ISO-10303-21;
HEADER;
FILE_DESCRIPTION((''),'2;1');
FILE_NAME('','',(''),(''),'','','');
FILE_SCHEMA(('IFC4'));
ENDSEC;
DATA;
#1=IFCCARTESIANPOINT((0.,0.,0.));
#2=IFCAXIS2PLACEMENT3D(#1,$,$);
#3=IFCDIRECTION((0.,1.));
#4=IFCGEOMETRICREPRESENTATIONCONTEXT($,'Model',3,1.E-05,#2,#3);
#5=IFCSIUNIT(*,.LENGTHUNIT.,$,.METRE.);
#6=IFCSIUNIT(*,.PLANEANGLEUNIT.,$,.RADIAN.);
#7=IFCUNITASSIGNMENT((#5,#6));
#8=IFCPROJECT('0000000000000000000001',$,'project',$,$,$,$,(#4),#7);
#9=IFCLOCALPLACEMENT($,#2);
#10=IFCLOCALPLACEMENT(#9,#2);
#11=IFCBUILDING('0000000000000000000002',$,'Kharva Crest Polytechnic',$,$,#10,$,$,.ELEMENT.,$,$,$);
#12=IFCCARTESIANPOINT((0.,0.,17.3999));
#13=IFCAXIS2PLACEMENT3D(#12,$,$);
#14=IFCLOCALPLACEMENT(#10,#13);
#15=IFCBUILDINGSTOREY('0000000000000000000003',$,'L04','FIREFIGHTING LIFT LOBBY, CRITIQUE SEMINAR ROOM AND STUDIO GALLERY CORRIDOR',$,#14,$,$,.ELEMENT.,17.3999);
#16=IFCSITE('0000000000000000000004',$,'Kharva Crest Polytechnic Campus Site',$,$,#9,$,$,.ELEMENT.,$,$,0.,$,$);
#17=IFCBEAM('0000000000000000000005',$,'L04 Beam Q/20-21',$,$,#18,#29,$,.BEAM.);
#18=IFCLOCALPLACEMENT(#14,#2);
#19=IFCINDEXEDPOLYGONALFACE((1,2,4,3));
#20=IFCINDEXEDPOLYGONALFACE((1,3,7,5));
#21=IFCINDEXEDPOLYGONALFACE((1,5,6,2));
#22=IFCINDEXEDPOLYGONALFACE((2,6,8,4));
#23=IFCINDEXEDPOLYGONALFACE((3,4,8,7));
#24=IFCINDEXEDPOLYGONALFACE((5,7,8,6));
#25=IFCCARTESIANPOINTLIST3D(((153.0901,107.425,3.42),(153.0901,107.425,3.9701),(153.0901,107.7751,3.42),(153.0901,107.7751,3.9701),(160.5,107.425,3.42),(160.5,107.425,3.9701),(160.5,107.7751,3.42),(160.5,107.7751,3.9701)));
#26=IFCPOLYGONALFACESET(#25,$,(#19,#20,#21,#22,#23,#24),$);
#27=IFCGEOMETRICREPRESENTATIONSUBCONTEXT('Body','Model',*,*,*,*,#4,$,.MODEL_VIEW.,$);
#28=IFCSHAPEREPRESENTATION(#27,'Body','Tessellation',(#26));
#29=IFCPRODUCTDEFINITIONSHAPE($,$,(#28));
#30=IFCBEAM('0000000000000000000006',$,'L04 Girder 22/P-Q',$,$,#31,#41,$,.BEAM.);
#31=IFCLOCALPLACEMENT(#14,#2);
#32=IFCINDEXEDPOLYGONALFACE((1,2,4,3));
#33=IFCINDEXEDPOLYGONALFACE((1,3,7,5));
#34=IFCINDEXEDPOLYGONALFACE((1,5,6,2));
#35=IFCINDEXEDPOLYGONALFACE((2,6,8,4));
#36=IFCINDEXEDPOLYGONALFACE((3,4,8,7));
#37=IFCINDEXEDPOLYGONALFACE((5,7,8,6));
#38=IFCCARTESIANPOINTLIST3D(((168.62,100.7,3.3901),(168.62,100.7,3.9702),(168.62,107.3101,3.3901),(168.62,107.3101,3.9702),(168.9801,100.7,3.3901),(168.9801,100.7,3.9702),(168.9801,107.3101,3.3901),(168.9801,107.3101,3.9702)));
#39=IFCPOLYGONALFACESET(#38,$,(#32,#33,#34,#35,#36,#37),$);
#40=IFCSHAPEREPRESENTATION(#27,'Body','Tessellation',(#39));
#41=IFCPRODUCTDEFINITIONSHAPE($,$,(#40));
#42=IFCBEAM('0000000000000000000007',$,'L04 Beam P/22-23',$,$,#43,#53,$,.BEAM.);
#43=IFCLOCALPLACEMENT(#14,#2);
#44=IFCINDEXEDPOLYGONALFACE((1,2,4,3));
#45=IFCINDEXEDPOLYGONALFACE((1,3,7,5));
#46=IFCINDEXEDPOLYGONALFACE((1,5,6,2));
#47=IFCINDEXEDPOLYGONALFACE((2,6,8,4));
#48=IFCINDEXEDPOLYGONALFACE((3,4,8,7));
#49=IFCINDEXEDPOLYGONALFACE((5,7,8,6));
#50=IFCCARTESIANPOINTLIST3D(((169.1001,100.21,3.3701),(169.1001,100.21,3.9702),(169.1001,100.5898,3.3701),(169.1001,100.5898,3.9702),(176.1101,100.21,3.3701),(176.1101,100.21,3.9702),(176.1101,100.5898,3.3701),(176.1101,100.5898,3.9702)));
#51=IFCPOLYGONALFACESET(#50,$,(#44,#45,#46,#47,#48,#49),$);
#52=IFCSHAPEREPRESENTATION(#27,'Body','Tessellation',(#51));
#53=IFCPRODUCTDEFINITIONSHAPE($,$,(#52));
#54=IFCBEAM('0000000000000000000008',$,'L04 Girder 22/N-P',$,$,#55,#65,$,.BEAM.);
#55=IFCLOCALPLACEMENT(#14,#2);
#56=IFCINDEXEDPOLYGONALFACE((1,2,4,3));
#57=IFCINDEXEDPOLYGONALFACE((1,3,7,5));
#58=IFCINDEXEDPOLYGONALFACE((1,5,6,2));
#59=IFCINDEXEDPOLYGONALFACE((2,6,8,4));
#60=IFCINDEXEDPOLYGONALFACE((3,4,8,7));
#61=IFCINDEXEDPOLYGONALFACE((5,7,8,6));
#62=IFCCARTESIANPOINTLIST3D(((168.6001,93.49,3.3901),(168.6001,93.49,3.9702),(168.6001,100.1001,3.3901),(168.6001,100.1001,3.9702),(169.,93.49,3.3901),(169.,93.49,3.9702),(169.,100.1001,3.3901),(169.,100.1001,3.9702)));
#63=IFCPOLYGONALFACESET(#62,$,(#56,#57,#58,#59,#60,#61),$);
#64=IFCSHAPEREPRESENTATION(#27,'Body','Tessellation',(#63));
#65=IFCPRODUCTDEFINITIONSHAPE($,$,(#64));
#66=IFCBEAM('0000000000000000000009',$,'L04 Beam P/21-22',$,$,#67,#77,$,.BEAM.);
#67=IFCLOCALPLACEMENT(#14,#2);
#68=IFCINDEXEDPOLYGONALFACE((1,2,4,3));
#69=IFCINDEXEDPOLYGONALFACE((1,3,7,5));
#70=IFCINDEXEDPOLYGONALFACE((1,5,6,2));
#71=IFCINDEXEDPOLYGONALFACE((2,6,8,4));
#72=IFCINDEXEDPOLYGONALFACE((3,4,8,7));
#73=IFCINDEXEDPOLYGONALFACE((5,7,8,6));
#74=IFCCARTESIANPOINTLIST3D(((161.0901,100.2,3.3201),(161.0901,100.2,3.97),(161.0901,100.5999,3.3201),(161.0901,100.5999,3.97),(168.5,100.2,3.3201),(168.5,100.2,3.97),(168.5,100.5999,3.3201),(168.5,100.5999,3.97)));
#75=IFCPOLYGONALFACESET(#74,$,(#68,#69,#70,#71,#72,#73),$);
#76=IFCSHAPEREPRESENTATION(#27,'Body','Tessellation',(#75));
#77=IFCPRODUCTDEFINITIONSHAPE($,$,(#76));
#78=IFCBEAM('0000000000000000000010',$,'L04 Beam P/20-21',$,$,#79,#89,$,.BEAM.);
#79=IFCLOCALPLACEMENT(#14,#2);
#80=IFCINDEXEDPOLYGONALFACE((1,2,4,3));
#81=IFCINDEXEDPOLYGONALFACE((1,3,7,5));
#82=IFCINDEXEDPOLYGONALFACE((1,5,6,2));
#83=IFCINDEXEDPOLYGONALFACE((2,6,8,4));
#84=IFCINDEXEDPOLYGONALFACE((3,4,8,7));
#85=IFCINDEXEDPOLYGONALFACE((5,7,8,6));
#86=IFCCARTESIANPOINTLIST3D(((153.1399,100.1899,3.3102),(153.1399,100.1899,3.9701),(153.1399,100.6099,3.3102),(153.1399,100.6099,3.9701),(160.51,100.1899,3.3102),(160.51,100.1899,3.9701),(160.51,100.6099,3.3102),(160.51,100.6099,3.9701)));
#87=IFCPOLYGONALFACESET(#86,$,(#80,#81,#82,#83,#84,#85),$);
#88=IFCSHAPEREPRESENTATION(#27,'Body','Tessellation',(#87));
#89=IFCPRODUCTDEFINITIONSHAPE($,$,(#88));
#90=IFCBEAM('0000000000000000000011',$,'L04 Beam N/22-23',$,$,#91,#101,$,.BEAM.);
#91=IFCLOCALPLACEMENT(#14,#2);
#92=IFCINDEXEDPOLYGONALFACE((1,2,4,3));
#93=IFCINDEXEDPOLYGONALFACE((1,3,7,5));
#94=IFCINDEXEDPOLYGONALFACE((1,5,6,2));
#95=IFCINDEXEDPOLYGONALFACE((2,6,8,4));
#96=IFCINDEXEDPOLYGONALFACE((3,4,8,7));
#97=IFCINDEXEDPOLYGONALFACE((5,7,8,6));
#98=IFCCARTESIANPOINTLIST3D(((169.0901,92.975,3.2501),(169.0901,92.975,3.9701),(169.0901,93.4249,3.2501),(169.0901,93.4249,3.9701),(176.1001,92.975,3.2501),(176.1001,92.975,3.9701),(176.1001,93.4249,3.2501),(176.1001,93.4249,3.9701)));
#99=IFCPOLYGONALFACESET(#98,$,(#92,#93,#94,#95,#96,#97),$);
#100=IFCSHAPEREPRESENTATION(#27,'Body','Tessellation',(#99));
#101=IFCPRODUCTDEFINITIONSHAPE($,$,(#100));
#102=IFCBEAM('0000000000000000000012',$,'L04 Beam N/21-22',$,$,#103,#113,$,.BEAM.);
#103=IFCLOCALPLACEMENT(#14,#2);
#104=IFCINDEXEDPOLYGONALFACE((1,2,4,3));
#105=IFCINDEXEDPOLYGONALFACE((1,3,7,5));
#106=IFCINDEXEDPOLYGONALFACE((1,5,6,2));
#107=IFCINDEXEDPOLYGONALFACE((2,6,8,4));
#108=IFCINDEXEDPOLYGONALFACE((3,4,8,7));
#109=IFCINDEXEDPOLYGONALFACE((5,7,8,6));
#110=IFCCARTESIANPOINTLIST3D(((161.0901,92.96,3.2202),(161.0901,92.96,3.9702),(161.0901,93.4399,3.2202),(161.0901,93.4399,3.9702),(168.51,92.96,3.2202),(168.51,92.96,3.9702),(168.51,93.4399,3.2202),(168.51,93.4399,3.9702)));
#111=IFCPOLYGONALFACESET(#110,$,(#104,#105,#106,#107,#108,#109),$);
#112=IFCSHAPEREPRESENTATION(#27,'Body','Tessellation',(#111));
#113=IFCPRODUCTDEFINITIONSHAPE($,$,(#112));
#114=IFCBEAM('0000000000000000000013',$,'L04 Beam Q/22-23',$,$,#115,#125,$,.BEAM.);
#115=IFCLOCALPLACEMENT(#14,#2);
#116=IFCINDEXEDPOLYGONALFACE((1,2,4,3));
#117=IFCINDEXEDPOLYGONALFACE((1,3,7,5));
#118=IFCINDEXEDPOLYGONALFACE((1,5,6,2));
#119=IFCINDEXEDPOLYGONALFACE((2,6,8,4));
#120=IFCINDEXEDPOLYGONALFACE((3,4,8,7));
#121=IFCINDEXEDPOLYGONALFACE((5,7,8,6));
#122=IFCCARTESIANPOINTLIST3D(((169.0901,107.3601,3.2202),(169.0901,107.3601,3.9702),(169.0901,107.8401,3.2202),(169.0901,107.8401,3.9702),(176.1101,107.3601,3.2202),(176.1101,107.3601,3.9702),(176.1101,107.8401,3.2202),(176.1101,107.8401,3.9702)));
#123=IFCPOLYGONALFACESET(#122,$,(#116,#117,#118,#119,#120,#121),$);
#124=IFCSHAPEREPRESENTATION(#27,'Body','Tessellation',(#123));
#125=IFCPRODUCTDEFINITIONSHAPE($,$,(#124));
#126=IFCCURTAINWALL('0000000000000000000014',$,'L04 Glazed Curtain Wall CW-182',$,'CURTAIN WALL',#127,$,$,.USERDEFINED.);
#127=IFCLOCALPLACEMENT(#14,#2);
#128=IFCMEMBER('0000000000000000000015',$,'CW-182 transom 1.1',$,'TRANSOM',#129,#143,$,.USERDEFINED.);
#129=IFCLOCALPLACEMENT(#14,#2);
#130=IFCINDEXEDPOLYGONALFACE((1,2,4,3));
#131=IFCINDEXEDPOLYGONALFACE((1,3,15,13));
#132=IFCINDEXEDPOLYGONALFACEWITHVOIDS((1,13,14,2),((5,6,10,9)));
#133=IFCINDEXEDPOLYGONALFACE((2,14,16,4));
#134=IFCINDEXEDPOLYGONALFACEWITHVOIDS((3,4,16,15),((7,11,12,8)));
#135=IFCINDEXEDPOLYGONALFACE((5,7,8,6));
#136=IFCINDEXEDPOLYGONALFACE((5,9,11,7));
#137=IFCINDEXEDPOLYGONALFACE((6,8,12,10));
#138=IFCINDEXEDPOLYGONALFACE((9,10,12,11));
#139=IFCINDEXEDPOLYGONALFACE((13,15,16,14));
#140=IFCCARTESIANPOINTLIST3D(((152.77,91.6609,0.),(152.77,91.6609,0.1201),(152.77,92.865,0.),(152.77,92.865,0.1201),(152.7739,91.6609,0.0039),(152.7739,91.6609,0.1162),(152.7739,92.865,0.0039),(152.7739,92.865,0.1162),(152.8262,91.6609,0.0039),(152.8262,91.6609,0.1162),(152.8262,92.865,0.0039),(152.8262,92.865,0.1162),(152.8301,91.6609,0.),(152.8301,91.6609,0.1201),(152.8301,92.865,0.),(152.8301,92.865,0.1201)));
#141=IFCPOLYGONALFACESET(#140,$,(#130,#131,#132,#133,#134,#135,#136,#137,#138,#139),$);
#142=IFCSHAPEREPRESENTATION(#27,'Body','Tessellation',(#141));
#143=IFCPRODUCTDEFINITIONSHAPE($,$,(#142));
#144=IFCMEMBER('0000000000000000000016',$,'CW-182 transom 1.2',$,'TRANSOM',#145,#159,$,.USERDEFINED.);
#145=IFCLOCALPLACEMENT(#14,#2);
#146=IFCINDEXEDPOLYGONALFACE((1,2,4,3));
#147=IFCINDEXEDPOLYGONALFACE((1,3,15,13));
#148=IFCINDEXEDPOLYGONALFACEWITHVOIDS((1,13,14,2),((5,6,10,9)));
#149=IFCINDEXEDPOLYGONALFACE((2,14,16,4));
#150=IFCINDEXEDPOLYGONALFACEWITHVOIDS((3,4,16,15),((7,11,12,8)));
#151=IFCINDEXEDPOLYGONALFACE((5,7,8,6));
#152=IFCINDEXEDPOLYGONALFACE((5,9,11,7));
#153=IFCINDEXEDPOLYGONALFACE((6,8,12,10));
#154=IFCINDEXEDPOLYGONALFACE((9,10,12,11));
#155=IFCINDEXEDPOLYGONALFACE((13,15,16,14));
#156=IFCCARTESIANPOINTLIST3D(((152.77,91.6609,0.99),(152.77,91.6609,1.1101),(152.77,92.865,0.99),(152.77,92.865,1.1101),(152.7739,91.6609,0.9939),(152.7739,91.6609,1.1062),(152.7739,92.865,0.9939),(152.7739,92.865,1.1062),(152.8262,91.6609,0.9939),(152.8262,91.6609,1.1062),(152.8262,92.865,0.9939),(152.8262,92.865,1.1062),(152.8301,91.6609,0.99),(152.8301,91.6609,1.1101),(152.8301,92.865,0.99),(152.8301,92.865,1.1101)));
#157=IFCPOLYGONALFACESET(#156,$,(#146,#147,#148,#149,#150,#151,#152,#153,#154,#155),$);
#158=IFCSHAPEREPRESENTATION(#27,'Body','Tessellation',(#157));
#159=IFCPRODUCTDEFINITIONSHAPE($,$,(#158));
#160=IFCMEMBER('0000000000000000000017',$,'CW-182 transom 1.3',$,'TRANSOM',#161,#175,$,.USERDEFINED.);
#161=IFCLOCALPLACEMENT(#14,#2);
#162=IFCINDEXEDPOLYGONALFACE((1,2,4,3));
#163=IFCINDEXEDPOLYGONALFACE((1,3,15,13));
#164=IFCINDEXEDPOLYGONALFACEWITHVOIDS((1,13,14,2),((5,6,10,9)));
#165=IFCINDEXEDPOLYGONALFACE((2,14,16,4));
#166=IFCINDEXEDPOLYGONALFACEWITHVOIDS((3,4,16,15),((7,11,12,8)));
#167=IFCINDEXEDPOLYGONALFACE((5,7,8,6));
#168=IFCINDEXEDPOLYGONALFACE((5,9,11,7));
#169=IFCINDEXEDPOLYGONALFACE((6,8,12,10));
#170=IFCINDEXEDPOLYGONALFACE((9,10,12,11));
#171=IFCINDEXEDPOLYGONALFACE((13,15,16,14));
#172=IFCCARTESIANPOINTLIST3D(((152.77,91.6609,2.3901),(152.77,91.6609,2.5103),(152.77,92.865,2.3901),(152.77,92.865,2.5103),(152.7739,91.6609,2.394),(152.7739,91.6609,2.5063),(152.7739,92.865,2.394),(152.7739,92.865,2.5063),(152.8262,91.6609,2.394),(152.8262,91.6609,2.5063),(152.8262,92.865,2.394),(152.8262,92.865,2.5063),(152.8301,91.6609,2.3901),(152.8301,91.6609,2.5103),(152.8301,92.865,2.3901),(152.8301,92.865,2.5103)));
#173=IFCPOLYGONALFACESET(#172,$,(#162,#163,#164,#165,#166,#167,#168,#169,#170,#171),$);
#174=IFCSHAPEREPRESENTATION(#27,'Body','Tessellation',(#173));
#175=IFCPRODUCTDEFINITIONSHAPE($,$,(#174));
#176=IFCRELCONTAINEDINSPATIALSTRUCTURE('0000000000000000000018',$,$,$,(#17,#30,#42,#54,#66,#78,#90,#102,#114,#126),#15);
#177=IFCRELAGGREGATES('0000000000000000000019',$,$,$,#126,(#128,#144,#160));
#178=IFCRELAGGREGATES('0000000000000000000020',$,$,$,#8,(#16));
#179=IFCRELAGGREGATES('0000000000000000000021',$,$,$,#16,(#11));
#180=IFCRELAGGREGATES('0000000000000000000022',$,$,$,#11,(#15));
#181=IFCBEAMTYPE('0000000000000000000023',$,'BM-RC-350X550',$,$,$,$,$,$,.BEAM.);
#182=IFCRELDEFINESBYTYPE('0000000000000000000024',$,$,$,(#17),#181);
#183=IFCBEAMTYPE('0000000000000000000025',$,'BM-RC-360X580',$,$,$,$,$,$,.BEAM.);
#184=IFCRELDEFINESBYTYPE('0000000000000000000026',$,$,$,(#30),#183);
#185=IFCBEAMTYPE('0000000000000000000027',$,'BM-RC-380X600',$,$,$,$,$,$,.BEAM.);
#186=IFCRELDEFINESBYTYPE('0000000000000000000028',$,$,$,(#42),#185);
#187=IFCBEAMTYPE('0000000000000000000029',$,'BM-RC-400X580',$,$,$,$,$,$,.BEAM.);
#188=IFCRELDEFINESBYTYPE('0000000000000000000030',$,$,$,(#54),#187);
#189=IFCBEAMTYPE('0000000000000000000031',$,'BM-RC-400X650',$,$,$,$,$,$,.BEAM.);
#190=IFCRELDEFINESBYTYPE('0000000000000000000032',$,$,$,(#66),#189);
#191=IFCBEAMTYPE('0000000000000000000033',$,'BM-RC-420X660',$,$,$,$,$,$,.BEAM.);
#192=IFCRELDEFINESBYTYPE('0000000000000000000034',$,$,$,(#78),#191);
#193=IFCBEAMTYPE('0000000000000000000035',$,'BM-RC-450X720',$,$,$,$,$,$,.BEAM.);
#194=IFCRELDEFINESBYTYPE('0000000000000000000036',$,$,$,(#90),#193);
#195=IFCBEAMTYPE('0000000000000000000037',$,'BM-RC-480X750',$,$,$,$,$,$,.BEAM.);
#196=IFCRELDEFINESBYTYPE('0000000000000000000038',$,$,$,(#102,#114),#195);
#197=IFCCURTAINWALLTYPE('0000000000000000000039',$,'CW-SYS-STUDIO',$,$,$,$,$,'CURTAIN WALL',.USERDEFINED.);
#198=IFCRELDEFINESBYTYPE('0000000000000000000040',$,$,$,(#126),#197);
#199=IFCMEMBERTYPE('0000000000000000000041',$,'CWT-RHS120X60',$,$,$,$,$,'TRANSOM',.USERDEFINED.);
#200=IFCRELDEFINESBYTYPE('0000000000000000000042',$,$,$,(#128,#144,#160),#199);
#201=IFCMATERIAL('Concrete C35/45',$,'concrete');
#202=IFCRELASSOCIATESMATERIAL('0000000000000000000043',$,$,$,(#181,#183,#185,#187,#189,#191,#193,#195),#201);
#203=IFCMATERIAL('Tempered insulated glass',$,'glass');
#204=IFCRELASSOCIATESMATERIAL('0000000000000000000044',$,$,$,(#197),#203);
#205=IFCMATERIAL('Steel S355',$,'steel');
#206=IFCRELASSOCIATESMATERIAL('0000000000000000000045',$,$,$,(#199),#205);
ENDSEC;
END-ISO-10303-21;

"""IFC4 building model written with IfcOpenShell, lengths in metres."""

from ifc_helpers import new_model, si_unit, direction, frame, origin, origin_2d, place, context, subcontext, project, spatial, rectangle, hollow_rectangle, extrude, material, material_profile, profile_set, type_object, element, aggregate, save


model = new_model("IFC4")

# Units and contexts
model_context = context("Model", 3, precision=1e-05, world=origin(), true_north=direction((0.0, 1.0)))
body_context = subcontext(model_context, "Body", "Model", "MODEL_VIEW")
ifc_project = project(units=[si_unit("LENGTHUNIT", "METRE"), si_unit("PLANEANGLEUNIT", "RADIAN")], contexts=[model_context])

# Site, building, storey
site_placement = place(None, origin())
site = spatial("IfcSite", under=ifc_project, at=site_placement, Name="Kharva Crest Polytechnic Campus Site", CompositionType="ELEMENT", RefElevation=0.0)
building_placement = place(site_placement, origin())
building = spatial("IfcBuilding", under=site, at=building_placement, Name="Kharva Crest Polytechnic", CompositionType="ELEMENT")
storey_placement = place(building_placement, frame((0.0, 0.0, 17.3999)))
storey = spatial("IfcBuildingStorey", under=building, at=storey_placement, Name="L04", Description="FIREFIGHTING LIFT LOBBY, CRITIQUE SEMINAR ROOM AND STUDIO GALLERY CORRIDOR", CompositionType="ELEMENT", Elevation=17.3999)

# Beams
ifc_material_1 = material(Name="Concrete C35/45", Category="concrete")
ifc_material_profile_1 = material_profile(ifc_material_1, rectangle(XDim=0.3501, YDim=0.55, at=origin_2d()), Name="RECT 350 X 550")
ifc_profile_set_1 = profile_set([ifc_material_profile_1], Name="Concrete C35/45")
beam_type_1 = type_object("IfcBeamType", Name="BM-RC-350X550", PredefinedType="BEAM", material=ifc_profile_set_1)
beam_1_placement = place(storey_placement, frame((153.0901, 107.6001, 3.6951), z_axis=(1.0, 0.0, 0.0), x_axis=(0.0, 1.0, 0.0)))
element("IfcBeam", 1, at=beam_1_placement, inside=storey, type_object=beam_type_1, Name="L04 Beam Q/20-21", PredefinedType="BEAM", context=body_context, shape_type="SweptSolid", body=[
    extrude(rectangle(XDim=0.3501, YDim=0.55, at=origin_2d()), origin(), (0.0, 0.0, 1.0), 7.4099),
])
ifc_material_profile_2 = material_profile(ifc_material_1, rectangle(XDim=0.3601, YDim=0.5801, at=origin_2d()), Name="RECT 360 X 580")
ifc_profile_set_2 = profile_set([ifc_material_profile_2], Name="Concrete C35/45")
beam_type_2 = type_object("IfcBeamType", Name="BM-RC-360X580", PredefinedType="BEAM", material=ifc_profile_set_2)
beam_2_placement = place(storey_placement, frame((168.8, 100.7, 3.6802), z_axis=(0.0, 1.0, 0.0), x_axis=(-1.0, 0.0, 0.0)))
element("IfcBeam", 2, at=beam_2_placement, inside=storey, type_object=beam_type_2, Name="L04 Girder 22/P-Q", PredefinedType="BEAM", context=body_context, shape_type="SweptSolid", body=[
    extrude(rectangle(XDim=0.3601, YDim=0.5801, at=origin_2d()), origin(), (0.0, 0.0, 1.0), 6.6101),
])
ifc_material_profile_3 = material_profile(ifc_material_1, rectangle(XDim=0.3799, YDim=0.6001, at=origin_2d()), Name="RECT 380 X 600")
ifc_profile_set_3 = profile_set([ifc_material_profile_3], Name="Concrete C35/45")
beam_type_3 = type_object("IfcBeamType", Name="BM-RC-380X600", PredefinedType="BEAM", material=ifc_profile_set_3)
beam_3_placement = place(storey_placement, frame((169.1001, 100.3999, 3.6702), z_axis=(1.0, 0.0, 0.0), x_axis=(0.0, 1.0, 0.0)))
element("IfcBeam", 3, at=beam_3_placement, inside=storey, type_object=beam_type_3, Name="L04 Beam P/22-23", PredefinedType="BEAM", context=body_context, shape_type="SweptSolid", body=[
    extrude(rectangle(XDim=0.3799, YDim=0.6001, at=origin_2d()), origin(), (0.0, 0.0, 1.0), 7.01),
])
ifc_material_profile_4 = material_profile(ifc_material_1, rectangle(XDim=0.3999, YDim=0.5801, at=origin_2d()), Name="RECT 400 X 580")
ifc_profile_set_4 = profile_set([ifc_material_profile_4], Name="Concrete C35/45")
beam_type_4 = type_object("IfcBeamType", Name="BM-RC-400X580", PredefinedType="BEAM", material=ifc_profile_set_4)
beam_4_placement = place(storey_placement, frame((168.8, 93.49, 3.6802), z_axis=(0.0, 1.0, 0.0), x_axis=(-1.0, 0.0, 0.0)))
element("IfcBeam", 4, at=beam_4_placement, inside=storey, type_object=beam_type_4, Name="L04 Girder 22/N-P", PredefinedType="BEAM", context=body_context, shape_type="SweptSolid", body=[
    extrude(rectangle(XDim=0.3999, YDim=0.5801, at=origin_2d()), origin(), (0.0, 0.0, 1.0), 6.6101),
])
ifc_material_profile_5 = material_profile(ifc_material_1, rectangle(XDim=0.3999, YDim=0.6499, at=origin_2d()), Name="RECT 400 X 650")
ifc_profile_set_5 = profile_set([ifc_material_profile_5], Name="Concrete C35/45")
beam_type_5 = type_object("IfcBeamType", Name="BM-RC-400X650", PredefinedType="BEAM", material=ifc_profile_set_5)
beam_5_placement = place(storey_placement, frame((161.0901, 100.3999, 3.645), z_axis=(1.0, 0.0, 0.0), x_axis=(0.0, 1.0, 0.0)))
element("IfcBeam", 5, at=beam_5_placement, inside=storey, type_object=beam_type_5, Name="L04 Beam P/21-22", PredefinedType="BEAM", context=body_context, shape_type="SweptSolid", body=[
    extrude(rectangle(XDim=0.3999, YDim=0.6499, at=origin_2d()), origin(), (0.0, 0.0, 1.0), 7.4099),
])
ifc_material_profile_6 = material_profile(ifc_material_1, rectangle(XDim=0.4199, YDim=0.6599, at=origin_2d()), Name="RECT 420 X 660")
ifc_profile_set_6 = profile_set([ifc_material_profile_6], Name="Concrete C35/45")
beam_type_6 = type_object("IfcBeamType", Name="BM-RC-420X660", PredefinedType="BEAM", material=ifc_profile_set_6)
beam_6_placement = place(storey_placement, frame((153.1399, 100.3999, 3.6401), z_axis=(1.0, 0.0, 0.0), x_axis=(0.0, 1.0, 0.0)))
element("IfcBeam", 6, at=beam_6_placement, inside=storey, type_object=beam_type_6, Name="L04 Beam P/20-21", PredefinedType="BEAM", context=body_context, shape_type="SweptSolid", body=[
    extrude(rectangle(XDim=0.4199, YDim=0.6599, at=origin_2d()), origin(), (0.0, 0.0, 1.0), 7.3701),
])
ifc_material_profile_7 = material_profile(ifc_material_1, rectangle(XDim=0.45, YDim=0.72, at=origin_2d()), Name="RECT 450 X 720")
ifc_profile_set_7 = profile_set([ifc_material_profile_7], Name="Concrete C35/45")
beam_type_7 = type_object("IfcBeamType", Name="BM-RC-450X720", PredefinedType="BEAM", material=ifc_profile_set_7)
beam_7_placement = place(storey_placement, frame((169.0901, 93.2, 3.6101), z_axis=(1.0, 0.0, 0.0), x_axis=(0.0, 1.0, 0.0)))
element("IfcBeam", 7, at=beam_7_placement, inside=storey, type_object=beam_type_7, Name="L04 Beam N/22-23", PredefinedType="BEAM", context=body_context, shape_type="SweptSolid", body=[
    extrude(rectangle(XDim=0.45, YDim=0.72, at=origin_2d()), origin(), (0.0, 0.0, 1.0), 7.01),
])
ifc_material_profile_8 = material_profile(ifc_material_1, rectangle(XDim=0.48, YDim=0.75, at=origin_2d()), Name="RECT 480 X 750")
ifc_profile_set_8 = profile_set([ifc_material_profile_8], Name="Concrete C35/45")
beam_type_8 = type_object("IfcBeamType", Name="BM-RC-480X750", PredefinedType="BEAM", material=ifc_profile_set_8)
beam_8_placement = place(storey_placement, frame((161.0901, 93.2, 3.5952), z_axis=(1.0, 0.0, 0.0), x_axis=(0.0, 1.0, 0.0)))
element("IfcBeam", 8, at=beam_8_placement, inside=storey, type_object=beam_type_8, Name="L04 Beam N/21-22", PredefinedType="BEAM", context=body_context, shape_type="SweptSolid", body=[
    extrude(rectangle(XDim=0.48, YDim=0.75, at=origin_2d()), origin(), (0.0, 0.0, 1.0), 7.4199),
])
beam_9_placement = place(storey_placement, frame((169.0901, 107.6001, 3.5952), z_axis=(1.0, 0.0, 0.0), x_axis=(0.0, 1.0, 0.0)))
element("IfcBeam", 9, at=beam_9_placement, inside=storey, type_object=beam_type_8, Name="L04 Beam Q/22-23", PredefinedType="BEAM", context=body_context, shape_type="SweptSolid", body=[
    extrude(rectangle(XDim=0.48, YDim=0.75, at=origin_2d()), origin(), (0.0, 0.0, 1.0), 7.02),
])

# Curtain wall, members
ifc_material_2 = material(Name="Tempered insulated glass", Category="glass")
curtain_wall_type = type_object("IfcCurtainWallType", Name="CW-SYS-STUDIO", ElementType="CURTAIN WALL", PredefinedType="USERDEFINED", material=ifc_material_2)
curtain_wall_placement = place(storey_placement, origin())
curtain_wall = element("IfcCurtainWall", 10, at=curtain_wall_placement, inside=storey, type_object=curtain_wall_type, Name="L04 Glazed Curtain Wall CW-182", ObjectType="CURTAIN WALL", PredefinedType="USERDEFINED")
ifc_material_3 = material(Name="Steel S355", Category="steel")
ifc_material_profile_9 = material_profile(ifc_material_3, hollow_rectangle(XDim=0.0601, YDim=0.1201, WallThickness=0.0039, at=origin_2d()), Name="RHS 120X60X4.0")
ifc_profile_set_9 = profile_set([ifc_material_profile_9], Name="Steel S355")
member_type = type_object("IfcMemberType", Name="CWT-RHS120X60", ElementType="TRANSOM", PredefinedType="USERDEFINED", material=ifc_profile_set_9)
member_1_placement = place(storey_placement, frame((152.8, 92.865, 0.0601), z_axis=(0.0, -1.0, 0.0), x_axis=(1.0, 0.0, 0.0)))
member_1 = element("IfcMember", 11, at=member_1_placement, type_object=member_type, Name="CW-182 transom 1.1", ObjectType="TRANSOM", PredefinedType="USERDEFINED", context=body_context, shape_type="SweptSolid", body=[
    extrude(hollow_rectangle(XDim=0.0601, YDim=0.1201, WallThickness=0.0039, at=origin_2d()), origin(), (0.0, 0.0, 1.0), 1.2041),
])
member_2_placement = place(storey_placement, frame((152.8, 92.865, 1.05), z_axis=(0.0, -1.0, 0.0), x_axis=(1.0, 0.0, 0.0)))
member_2 = element("IfcMember", 12, at=member_2_placement, type_object=member_type, Name="CW-182 transom 1.2", ObjectType="TRANSOM", PredefinedType="USERDEFINED", context=body_context, shape_type="SweptSolid", body=[
    extrude(hollow_rectangle(XDim=0.0601, YDim=0.1201, WallThickness=0.0039, at=origin_2d()), origin(), (0.0, 0.0, 1.0), 1.2041),
])
member_3_placement = place(storey_placement, frame((152.8, 92.865, 2.4502), z_axis=(0.0, -1.0, 0.0), x_axis=(1.0, 0.0, 0.0)))
member_3 = element("IfcMember", 13, at=member_3_placement, type_object=member_type, Name="CW-182 transom 1.3", ObjectType="TRANSOM", PredefinedType="USERDEFINED", context=body_context, shape_type="SweptSolid", body=[
    extrude(hollow_rectangle(XDim=0.0601, YDim=0.1201, WallThickness=0.0039, at=origin_2d()), origin(), (0.0, 0.0, 1.0), 1.2041),
])
aggregate(curtain_wall, [member_1, member_2, member_3])

save(model, "model.ifc")
